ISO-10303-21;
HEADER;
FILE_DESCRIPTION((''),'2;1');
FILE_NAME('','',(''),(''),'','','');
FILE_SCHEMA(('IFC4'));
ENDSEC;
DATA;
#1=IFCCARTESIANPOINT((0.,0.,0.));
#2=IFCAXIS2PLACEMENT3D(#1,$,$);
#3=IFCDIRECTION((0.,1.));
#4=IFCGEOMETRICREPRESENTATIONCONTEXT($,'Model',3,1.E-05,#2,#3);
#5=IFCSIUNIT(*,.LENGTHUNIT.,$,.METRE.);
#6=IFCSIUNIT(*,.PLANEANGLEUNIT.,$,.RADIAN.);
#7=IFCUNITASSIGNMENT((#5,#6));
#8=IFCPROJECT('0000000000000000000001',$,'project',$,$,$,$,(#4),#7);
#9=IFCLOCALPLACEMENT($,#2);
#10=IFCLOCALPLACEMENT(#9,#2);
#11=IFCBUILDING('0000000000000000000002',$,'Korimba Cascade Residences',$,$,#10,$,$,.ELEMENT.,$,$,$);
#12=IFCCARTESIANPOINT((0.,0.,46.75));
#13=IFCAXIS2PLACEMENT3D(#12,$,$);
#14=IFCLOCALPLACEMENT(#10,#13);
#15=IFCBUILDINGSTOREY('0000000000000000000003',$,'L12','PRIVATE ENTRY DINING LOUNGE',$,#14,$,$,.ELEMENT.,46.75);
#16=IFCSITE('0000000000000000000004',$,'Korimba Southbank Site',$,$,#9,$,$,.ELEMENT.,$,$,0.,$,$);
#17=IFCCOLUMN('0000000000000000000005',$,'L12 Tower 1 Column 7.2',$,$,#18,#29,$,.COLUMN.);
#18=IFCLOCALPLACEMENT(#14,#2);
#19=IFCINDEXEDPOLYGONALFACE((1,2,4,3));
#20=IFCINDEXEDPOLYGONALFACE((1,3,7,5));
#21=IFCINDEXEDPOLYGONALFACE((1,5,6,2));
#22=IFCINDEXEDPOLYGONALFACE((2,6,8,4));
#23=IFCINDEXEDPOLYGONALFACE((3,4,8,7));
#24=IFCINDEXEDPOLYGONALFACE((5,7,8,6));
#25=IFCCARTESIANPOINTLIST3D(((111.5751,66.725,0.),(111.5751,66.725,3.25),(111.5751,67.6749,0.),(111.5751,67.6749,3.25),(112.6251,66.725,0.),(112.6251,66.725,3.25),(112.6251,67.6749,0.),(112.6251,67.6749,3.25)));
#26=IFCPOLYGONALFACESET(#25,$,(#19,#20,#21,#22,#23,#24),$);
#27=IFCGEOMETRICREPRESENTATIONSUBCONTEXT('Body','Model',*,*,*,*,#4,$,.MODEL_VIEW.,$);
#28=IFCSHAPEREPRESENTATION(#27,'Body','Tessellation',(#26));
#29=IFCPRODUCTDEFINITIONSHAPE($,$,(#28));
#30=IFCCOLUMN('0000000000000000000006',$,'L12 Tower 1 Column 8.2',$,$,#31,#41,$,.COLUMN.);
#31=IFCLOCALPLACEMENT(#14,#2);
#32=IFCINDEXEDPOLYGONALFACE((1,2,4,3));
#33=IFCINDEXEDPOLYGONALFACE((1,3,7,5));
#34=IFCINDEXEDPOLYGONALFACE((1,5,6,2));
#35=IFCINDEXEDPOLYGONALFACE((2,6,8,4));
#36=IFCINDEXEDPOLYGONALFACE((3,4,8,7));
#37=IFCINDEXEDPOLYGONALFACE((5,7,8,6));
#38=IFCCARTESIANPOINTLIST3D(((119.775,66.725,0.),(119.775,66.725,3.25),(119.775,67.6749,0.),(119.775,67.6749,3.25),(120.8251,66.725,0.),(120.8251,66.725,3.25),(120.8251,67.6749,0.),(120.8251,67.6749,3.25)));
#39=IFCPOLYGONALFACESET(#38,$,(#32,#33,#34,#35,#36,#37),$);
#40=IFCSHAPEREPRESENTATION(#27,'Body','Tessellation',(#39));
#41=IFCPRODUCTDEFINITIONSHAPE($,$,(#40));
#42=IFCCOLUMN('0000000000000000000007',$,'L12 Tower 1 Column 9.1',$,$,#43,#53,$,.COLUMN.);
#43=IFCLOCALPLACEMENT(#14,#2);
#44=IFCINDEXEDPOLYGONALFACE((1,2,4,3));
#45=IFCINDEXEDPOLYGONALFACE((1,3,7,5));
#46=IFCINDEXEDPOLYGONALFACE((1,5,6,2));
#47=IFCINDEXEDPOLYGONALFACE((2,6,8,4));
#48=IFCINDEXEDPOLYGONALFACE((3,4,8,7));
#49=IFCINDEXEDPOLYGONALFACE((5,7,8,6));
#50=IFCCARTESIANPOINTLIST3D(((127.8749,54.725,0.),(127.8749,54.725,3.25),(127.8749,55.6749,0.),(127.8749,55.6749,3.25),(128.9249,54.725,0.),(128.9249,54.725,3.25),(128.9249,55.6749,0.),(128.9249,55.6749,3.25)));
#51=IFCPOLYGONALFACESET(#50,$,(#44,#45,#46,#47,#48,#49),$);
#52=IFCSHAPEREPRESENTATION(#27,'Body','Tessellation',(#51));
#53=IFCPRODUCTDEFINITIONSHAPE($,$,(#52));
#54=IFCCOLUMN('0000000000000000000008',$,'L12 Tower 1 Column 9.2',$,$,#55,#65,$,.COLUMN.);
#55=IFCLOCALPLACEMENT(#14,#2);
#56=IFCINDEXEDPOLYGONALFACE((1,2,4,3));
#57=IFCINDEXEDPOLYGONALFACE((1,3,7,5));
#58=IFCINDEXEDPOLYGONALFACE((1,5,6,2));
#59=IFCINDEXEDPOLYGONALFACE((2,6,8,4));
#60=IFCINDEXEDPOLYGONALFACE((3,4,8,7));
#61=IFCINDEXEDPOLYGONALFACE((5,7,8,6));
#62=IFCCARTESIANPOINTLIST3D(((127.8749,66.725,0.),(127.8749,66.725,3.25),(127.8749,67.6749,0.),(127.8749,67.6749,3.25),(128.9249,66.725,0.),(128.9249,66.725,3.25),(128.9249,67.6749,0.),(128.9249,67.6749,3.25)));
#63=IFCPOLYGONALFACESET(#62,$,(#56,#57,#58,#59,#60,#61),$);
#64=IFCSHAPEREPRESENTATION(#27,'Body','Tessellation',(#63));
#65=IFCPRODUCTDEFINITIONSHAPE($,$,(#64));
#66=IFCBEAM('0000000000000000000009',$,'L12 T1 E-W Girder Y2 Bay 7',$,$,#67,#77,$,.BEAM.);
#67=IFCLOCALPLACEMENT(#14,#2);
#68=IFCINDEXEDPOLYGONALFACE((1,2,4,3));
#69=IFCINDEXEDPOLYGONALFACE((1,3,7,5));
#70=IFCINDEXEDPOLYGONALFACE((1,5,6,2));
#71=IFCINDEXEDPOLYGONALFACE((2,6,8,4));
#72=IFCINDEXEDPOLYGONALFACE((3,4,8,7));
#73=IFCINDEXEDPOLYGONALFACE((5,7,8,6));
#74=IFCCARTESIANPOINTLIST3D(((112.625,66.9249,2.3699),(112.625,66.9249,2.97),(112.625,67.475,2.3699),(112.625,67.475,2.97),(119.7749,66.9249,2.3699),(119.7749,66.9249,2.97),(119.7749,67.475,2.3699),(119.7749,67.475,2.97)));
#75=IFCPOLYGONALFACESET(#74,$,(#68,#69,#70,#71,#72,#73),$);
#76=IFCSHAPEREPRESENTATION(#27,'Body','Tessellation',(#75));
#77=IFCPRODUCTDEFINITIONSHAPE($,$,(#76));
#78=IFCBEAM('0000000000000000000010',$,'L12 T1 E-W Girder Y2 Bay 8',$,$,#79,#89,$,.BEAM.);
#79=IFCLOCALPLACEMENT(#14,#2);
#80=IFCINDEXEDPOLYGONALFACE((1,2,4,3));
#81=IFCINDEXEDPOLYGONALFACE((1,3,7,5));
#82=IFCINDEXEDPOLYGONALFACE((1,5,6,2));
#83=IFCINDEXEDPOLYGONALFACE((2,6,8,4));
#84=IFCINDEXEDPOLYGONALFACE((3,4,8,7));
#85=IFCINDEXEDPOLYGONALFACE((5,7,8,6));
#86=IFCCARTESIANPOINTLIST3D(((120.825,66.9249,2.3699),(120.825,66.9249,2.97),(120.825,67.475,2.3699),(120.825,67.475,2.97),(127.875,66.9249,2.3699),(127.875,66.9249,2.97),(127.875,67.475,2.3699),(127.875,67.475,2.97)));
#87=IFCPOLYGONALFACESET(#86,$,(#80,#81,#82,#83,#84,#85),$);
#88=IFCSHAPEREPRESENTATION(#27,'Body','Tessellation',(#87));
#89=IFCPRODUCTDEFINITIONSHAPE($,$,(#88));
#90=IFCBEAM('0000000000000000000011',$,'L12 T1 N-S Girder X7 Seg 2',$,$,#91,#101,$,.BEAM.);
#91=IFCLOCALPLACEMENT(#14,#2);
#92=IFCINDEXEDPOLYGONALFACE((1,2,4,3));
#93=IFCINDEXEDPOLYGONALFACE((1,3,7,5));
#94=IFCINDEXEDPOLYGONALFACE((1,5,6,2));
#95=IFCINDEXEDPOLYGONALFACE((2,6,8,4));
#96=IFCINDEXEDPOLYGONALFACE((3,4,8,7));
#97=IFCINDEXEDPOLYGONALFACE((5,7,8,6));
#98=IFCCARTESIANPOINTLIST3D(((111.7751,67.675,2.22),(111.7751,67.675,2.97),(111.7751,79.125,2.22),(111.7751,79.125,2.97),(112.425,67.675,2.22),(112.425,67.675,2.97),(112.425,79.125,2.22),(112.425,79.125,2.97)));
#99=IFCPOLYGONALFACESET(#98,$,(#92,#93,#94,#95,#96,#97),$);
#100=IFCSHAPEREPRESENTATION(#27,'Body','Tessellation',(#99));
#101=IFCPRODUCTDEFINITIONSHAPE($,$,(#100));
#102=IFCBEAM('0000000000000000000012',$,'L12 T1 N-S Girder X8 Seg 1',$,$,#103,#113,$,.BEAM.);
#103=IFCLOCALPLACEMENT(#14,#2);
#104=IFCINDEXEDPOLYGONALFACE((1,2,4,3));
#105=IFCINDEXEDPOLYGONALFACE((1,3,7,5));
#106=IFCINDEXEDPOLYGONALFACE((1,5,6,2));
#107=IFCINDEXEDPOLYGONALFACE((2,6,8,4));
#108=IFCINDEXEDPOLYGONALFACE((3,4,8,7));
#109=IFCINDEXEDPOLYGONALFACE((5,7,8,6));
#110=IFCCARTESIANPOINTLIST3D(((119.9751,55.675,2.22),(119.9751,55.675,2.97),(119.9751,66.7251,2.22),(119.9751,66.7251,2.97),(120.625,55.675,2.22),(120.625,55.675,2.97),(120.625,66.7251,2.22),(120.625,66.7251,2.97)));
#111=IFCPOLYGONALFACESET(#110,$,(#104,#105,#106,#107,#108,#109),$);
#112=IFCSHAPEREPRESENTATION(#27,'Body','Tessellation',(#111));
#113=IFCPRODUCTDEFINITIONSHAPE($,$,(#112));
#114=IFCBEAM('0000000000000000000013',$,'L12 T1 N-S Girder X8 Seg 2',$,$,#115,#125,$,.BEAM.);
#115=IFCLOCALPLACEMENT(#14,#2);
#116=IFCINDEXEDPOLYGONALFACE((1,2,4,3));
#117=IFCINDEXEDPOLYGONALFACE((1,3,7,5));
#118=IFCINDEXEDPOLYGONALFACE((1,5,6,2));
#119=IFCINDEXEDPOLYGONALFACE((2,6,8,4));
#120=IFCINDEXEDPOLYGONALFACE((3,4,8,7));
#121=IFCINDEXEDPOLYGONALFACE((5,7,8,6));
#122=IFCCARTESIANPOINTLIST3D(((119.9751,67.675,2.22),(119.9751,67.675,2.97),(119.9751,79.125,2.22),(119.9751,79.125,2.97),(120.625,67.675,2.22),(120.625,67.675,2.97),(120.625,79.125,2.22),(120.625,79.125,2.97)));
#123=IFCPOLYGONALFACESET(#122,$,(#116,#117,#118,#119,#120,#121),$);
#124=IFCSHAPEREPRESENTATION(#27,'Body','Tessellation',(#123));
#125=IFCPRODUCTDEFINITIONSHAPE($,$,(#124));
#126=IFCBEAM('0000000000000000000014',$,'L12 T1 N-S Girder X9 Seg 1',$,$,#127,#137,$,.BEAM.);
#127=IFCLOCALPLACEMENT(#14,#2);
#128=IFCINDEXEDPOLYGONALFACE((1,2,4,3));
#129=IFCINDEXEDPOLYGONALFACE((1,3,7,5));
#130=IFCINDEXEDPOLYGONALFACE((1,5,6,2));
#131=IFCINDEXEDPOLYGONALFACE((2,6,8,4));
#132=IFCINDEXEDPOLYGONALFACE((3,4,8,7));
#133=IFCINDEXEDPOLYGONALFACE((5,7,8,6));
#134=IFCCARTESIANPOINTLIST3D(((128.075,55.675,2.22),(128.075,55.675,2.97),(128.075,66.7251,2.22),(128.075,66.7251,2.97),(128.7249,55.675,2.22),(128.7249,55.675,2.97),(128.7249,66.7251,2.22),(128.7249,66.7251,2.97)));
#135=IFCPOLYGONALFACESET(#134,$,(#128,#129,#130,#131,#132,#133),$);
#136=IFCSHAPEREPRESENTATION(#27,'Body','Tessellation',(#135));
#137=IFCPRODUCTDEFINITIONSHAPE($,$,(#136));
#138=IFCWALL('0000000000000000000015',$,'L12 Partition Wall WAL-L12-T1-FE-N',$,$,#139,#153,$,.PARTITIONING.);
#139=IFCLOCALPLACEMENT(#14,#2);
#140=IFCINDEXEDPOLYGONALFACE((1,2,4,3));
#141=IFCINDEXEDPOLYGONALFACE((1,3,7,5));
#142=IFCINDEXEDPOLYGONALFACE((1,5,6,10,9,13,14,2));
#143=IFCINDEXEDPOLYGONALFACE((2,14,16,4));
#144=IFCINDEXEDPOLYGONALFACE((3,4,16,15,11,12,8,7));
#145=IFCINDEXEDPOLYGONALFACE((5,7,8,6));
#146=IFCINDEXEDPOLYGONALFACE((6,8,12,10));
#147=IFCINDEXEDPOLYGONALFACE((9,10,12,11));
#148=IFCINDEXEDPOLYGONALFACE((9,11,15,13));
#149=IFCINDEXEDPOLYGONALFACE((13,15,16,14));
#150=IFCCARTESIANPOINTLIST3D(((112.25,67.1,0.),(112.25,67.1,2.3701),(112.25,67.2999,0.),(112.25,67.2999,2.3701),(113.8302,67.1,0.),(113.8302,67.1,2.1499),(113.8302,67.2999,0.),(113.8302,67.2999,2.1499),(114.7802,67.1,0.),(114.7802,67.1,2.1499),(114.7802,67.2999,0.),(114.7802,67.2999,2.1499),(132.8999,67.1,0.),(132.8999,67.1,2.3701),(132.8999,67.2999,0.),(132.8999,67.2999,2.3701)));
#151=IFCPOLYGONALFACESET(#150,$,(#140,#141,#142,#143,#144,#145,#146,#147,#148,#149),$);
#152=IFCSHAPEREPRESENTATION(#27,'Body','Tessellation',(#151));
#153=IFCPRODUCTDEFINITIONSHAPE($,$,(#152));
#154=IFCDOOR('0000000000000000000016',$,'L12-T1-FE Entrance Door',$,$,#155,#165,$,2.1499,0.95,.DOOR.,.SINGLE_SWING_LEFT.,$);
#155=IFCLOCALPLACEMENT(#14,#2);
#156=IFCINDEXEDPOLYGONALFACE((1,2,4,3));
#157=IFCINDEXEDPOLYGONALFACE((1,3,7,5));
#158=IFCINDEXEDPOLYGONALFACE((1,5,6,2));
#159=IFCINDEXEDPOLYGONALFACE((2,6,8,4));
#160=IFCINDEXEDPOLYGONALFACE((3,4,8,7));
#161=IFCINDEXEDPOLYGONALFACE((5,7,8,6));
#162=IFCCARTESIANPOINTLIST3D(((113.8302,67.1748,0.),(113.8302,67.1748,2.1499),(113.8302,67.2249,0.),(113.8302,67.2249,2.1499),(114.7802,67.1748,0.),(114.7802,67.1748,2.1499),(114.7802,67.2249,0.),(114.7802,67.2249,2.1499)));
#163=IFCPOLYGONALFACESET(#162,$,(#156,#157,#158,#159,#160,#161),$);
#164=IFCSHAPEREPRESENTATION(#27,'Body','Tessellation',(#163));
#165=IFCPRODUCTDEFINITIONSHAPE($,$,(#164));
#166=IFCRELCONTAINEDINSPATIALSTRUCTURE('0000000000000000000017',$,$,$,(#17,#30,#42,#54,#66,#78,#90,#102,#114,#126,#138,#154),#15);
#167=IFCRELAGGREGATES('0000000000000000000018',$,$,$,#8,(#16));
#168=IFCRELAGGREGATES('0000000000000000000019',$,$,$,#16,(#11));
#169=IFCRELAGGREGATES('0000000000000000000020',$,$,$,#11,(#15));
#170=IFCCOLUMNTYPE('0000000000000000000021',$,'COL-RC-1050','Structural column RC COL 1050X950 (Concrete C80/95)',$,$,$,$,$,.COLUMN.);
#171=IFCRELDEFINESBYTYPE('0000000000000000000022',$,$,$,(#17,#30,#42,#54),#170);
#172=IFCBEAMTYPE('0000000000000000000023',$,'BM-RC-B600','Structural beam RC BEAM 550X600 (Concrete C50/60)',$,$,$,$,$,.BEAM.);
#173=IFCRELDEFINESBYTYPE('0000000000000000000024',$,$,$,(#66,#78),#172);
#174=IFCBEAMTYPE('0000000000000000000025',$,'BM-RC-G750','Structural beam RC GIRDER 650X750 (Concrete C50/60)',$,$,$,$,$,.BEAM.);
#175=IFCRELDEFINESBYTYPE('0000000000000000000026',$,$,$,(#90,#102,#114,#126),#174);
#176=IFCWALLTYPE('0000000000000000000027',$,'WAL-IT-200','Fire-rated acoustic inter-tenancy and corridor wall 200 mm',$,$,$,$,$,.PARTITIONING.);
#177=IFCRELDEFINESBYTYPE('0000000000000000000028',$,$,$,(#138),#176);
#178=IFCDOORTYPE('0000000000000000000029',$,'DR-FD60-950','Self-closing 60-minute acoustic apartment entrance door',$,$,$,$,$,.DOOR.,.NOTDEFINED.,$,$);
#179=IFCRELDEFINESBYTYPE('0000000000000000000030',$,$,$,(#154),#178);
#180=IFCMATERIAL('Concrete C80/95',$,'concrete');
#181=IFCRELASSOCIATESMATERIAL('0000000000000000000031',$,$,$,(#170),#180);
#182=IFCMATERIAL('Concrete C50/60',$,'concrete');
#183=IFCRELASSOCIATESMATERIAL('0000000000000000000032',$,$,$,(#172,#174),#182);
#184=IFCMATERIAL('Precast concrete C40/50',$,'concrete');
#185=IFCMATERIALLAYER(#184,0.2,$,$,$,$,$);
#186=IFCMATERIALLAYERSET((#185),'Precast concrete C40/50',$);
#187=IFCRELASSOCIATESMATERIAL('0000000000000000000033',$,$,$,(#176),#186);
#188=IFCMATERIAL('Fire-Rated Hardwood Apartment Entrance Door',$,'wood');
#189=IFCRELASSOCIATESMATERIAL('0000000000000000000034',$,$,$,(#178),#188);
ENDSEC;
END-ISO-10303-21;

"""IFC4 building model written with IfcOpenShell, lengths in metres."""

from ifc_helpers import new_model, si_unit, direction, frame, frame_2d, origin, origin_2d, place, context, subcontext, project, spatial, rectangle, extrude, material, layer, layer_set, material_profile, profile_set, type_object, element, fill, save


model = new_model("IFC4")

# Units and contexts
model_context = context("Model", 3, precision=1e-05, world=origin(), true_north=direction((0.0, 1.0)))
body_context = subcontext(model_context, "Body", "Model", "MODEL_VIEW")
ifc_project = project(units=[si_unit("LENGTHUNIT", "METRE"), si_unit("PLANEANGLEUNIT", "RADIAN")], contexts=[model_context])

# Site, building, storey
site_placement = place(None, origin())
site = spatial("IfcSite", under=ifc_project, at=site_placement, Name="Korimba Southbank Site", CompositionType="ELEMENT", RefElevation=0.0)
building_placement = place(site_placement, origin())
building = spatial("IfcBuilding", under=site, at=building_placement, Name="Korimba Cascade Residences", CompositionType="ELEMENT")
storey_placement = place(building_placement, frame((0.0, 0.0, 46.75)))
storey = spatial("IfcBuildingStorey", under=building, at=storey_placement, Name="L12", Description="PRIVATE ENTRY DINING LOUNGE", CompositionType="ELEMENT", Elevation=46.75)

# Columns
ifc_material_1 = material(Name="Concrete C80/95", Category="concrete")
ifc_material_profile_1 = material_profile(ifc_material_1, rectangle(XDim=1.05, YDim=0.95, at=origin_2d()), Name="Concrete C80/95")
ifc_profile_set_1 = profile_set([ifc_material_profile_1], Name="Concrete C80/95")
column_type = type_object("IfcColumnType", Name="COL-RC-1050", Description="Structural column RC COL 1050X950 (Concrete C80/95)", PredefinedType="COLUMN", material=ifc_profile_set_1)
for number, where, z_axis, x_axis, name in (
    (1, (112.1001, 67.2, 0.0), (0.0, 0.0, 1.0), (1.0, 0.0, 0.0), "L12 Tower 1 Column 7.2"),
    (2, (120.3, 67.2, 0.0), (0.0, 0.0, 1.0), (1.0, 0.0, 0.0), "L12 Tower 1 Column 8.2"),
    (3, (128.3999, 55.2, 0.0), (0.0, 0.0, 1.0), (1.0, 0.0, 0.0), "L12 Tower 1 Column 9.1"),
    (4, (128.3999, 67.2, 0.0), (0.0, 0.0, 1.0), (1.0, 0.0, 0.0), "L12 Tower 1 Column 9.2"),
):
    element("IfcColumn", number, at=place(storey_placement, frame(where, z_axis=z_axis, x_axis=x_axis)), inside=storey, type_object=column_type, Name=name, PredefinedType="COLUMN", context=body_context, shape_type="SweptSolid", body=[
        extrude(rectangle(XDim=1.05, YDim=0.95, at=origin_2d()), origin(), (0.0, 0.0, 1.0), 3.25),
    ])

# Beams
ifc_material_2 = material(Name="Concrete C50/60", Category="concrete")
ifc_material_profile_2 = material_profile(ifc_material_2, rectangle(XDim=0.55, YDim=0.6001, at=origin_2d()), Name="Concrete C50/60")
ifc_profile_set_2 = profile_set([ifc_material_profile_2], Name="Concrete C50/60")
beam_type_1 = type_object("IfcBeamType", Name="BM-RC-B600", Description="Structural beam RC BEAM 550X600 (Concrete C50/60)", PredefinedType="BEAM", material=ifc_profile_set_2)
beam_1_placement = place(storey_placement, frame((112.625, 67.2, 2.6699), z_axis=(1.0, 0.0, 0.0), x_axis=(0.0, 1.0, 0.0)))
element("IfcBeam", 5, at=beam_1_placement, inside=storey, type_object=beam_type_1, Name="L12 T1 E-W Girder Y2 Bay 7", PredefinedType="BEAM", context=body_context, shape_type="SweptSolid", body=[
    extrude(rectangle(XDim=0.55, YDim=0.6001, at=origin_2d()), origin(), (0.0, 0.0, 1.0), 7.1499),
])
beam_2_placement = place(storey_placement, frame((120.825, 67.2, 2.6699), z_axis=(1.0, 0.0, 0.0), x_axis=(0.0, 1.0, 0.0)))
element("IfcBeam", 6, at=beam_2_placement, inside=storey, type_object=beam_type_1, Name="L12 T1 E-W Girder Y2 Bay 8", PredefinedType="BEAM", context=body_context, shape_type="SweptSolid", body=[
    extrude(rectangle(XDim=0.55, YDim=0.6001, at=origin_2d()), origin(), (0.0, 0.0, 1.0), 7.05),
])
ifc_material_profile_3 = material_profile(ifc_material_2, rectangle(XDim=0.6499, YDim=0.75, at=origin_2d()), Name="Concrete C50/60")
ifc_profile_set_3 = profile_set([ifc_material_profile_3], Name="Concrete C50/60")
beam_type_2 = type_object("IfcBeamType", Name="BM-RC-G750", Description="Structural beam RC GIRDER 650X750 (Concrete C50/60)", PredefinedType="BEAM", material=ifc_profile_set_3)
beam_3_placement = place(storey_placement, frame((112.1001, 67.675, 2.595), z_axis=(0.0, 1.0, 0.0), x_axis=(-1.0, 0.0, 0.0)))
element("IfcBeam", 7, at=beam_3_placement, inside=storey, type_object=beam_type_2, Name="L12 T1 N-S Girder X7 Seg 2", PredefinedType="BEAM", context=body_context, shape_type="SweptSolid", body=[
    extrude(rectangle(XDim=0.6499, YDim=0.75, at=origin_2d()), origin(), (0.0, 0.0, 1.0), 11.45),
])
beam_4_placement = place(storey_placement, frame((120.3, 55.675, 2.595), z_axis=(0.0, 1.0, 0.0), x_axis=(-1.0, 0.0, 0.0)))
element("IfcBeam", 8, at=beam_4_placement, inside=storey, type_object=beam_type_2, Name="L12 T1 N-S Girder X8 Seg 1", PredefinedType="BEAM", context=body_context, shape_type="SweptSolid", body=[
    extrude(rectangle(XDim=0.6499, YDim=0.75, at=origin_2d()), origin(), (0.0, 0.0, 1.0), 11.05),
])
beam_5_placement = place(storey_placement, frame((120.3, 67.675, 2.595), z_axis=(0.0, 1.0, 0.0), x_axis=(-1.0, 0.0, 0.0)))
element("IfcBeam", 9, at=beam_5_placement, inside=storey, type_object=beam_type_2, Name="L12 T1 N-S Girder X8 Seg 2", PredefinedType="BEAM", context=body_context, shape_type="SweptSolid", body=[
    extrude(rectangle(XDim=0.6499, YDim=0.75, at=origin_2d()), origin(), (0.0, 0.0, 1.0), 11.45),
])
beam_6_placement = place(storey_placement, frame((128.3999, 55.675, 2.595), z_axis=(0.0, 1.0, 0.0), x_axis=(-1.0, 0.0, 0.0)))
element("IfcBeam", 10, at=beam_6_placement, inside=storey, type_object=beam_type_2, Name="L12 T1 N-S Girder X9 Seg 1", PredefinedType="BEAM", context=body_context, shape_type="SweptSolid", body=[
    extrude(rectangle(XDim=0.6499, YDim=0.75, at=origin_2d()), origin(), (0.0, 0.0, 1.0), 11.05),
])

# Wall, opening, door
ifc_material_3 = material(Name="Precast concrete C40/50", Category="concrete")
ifc_layer_1 = layer(ifc_material_3, 0.2)
ifc_layer_set_1 = layer_set([ifc_layer_1], Name="Precast concrete C40/50")
wall_type_1 = type_object("IfcWallType", Name="WAL-IT-200", Description="Fire-rated acoustic inter-tenancy and corridor wall 200 mm", PredefinedType="PARTITIONING", material=ifc_layer_set_1)
wall_1_placement = place(storey_placement, frame((112.25, 67.2, 0.0), z_axis=(0.0, 0.0, 1.0), x_axis=(1.0, 0.0, 0.0)))
wall_1 = element("IfcWall", 11, at=wall_1_placement, inside=storey, type_object=wall_type_1, Name="L12 Partition Wall WAL-L12-T1-FE-N", PredefinedType="PARTITIONING", context=body_context, shape_type="SweptSolid", body=[
    extrude(rectangle(XDim=20.6499, YDim=0.2, at=frame_2d((10.325, 0.0))), origin(), (0.0, 0.0, 1.0), 2.3701),
])
opening_1_placement = place(wall_1_placement, frame((1.5801, 0.0, 0.0)))
opening_1 = element("IfcOpeningElement", 12, at=opening_1_placement, cuts=wall_1, PredefinedType="OPENING", context=body_context, shape_type="SweptSolid", body=[
    extrude(rectangle(XDim=0.95, YDim=2.1499, at=frame_2d((0.4751, 1.075))), frame((0.0, 0.1099, 0.0), z_axis=(0.0, -1.0, 0.0), x_axis=(1.0, 0.0, 0.0)), (0.0, 0.0, 1.0), 0.22),
])
ifc_material_4 = material(Name="Fire-Rated Hardwood Apartment Entrance Door", Category="wood")
door_type_1 = type_object("IfcDoorType", Name="DR-FD60-950", Description="Self-closing 60-minute acoustic apartment entrance door", OperationType="NOTDEFINED", PredefinedType="DOOR", material=ifc_material_4)
door_1_placement = place(opening_1_placement, origin())
door_1 = element("IfcDoor", 13, at=door_1_placement, inside=storey, type_object=door_type_1, Name="L12-T1-FE Entrance Door", OperationType="SINGLE_SWING_LEFT", OverallHeight=2.1499, OverallWidth=0.95, PredefinedType="DOOR", context=body_context, shape_type="SweptSolid", body=[
    extrude(rectangle(XDim=0.95, YDim=2.1499, at=frame_2d((0.4751, 1.075))), frame((0.0, 0.0249, 0.0), z_axis=(0.0, -1.0, 0.0), x_axis=(1.0, 0.0, 0.0)), (0.0, 0.0, 1.0), 0.05),
])
fill(opening_1, door_1)

save(model, "model.ifc")
